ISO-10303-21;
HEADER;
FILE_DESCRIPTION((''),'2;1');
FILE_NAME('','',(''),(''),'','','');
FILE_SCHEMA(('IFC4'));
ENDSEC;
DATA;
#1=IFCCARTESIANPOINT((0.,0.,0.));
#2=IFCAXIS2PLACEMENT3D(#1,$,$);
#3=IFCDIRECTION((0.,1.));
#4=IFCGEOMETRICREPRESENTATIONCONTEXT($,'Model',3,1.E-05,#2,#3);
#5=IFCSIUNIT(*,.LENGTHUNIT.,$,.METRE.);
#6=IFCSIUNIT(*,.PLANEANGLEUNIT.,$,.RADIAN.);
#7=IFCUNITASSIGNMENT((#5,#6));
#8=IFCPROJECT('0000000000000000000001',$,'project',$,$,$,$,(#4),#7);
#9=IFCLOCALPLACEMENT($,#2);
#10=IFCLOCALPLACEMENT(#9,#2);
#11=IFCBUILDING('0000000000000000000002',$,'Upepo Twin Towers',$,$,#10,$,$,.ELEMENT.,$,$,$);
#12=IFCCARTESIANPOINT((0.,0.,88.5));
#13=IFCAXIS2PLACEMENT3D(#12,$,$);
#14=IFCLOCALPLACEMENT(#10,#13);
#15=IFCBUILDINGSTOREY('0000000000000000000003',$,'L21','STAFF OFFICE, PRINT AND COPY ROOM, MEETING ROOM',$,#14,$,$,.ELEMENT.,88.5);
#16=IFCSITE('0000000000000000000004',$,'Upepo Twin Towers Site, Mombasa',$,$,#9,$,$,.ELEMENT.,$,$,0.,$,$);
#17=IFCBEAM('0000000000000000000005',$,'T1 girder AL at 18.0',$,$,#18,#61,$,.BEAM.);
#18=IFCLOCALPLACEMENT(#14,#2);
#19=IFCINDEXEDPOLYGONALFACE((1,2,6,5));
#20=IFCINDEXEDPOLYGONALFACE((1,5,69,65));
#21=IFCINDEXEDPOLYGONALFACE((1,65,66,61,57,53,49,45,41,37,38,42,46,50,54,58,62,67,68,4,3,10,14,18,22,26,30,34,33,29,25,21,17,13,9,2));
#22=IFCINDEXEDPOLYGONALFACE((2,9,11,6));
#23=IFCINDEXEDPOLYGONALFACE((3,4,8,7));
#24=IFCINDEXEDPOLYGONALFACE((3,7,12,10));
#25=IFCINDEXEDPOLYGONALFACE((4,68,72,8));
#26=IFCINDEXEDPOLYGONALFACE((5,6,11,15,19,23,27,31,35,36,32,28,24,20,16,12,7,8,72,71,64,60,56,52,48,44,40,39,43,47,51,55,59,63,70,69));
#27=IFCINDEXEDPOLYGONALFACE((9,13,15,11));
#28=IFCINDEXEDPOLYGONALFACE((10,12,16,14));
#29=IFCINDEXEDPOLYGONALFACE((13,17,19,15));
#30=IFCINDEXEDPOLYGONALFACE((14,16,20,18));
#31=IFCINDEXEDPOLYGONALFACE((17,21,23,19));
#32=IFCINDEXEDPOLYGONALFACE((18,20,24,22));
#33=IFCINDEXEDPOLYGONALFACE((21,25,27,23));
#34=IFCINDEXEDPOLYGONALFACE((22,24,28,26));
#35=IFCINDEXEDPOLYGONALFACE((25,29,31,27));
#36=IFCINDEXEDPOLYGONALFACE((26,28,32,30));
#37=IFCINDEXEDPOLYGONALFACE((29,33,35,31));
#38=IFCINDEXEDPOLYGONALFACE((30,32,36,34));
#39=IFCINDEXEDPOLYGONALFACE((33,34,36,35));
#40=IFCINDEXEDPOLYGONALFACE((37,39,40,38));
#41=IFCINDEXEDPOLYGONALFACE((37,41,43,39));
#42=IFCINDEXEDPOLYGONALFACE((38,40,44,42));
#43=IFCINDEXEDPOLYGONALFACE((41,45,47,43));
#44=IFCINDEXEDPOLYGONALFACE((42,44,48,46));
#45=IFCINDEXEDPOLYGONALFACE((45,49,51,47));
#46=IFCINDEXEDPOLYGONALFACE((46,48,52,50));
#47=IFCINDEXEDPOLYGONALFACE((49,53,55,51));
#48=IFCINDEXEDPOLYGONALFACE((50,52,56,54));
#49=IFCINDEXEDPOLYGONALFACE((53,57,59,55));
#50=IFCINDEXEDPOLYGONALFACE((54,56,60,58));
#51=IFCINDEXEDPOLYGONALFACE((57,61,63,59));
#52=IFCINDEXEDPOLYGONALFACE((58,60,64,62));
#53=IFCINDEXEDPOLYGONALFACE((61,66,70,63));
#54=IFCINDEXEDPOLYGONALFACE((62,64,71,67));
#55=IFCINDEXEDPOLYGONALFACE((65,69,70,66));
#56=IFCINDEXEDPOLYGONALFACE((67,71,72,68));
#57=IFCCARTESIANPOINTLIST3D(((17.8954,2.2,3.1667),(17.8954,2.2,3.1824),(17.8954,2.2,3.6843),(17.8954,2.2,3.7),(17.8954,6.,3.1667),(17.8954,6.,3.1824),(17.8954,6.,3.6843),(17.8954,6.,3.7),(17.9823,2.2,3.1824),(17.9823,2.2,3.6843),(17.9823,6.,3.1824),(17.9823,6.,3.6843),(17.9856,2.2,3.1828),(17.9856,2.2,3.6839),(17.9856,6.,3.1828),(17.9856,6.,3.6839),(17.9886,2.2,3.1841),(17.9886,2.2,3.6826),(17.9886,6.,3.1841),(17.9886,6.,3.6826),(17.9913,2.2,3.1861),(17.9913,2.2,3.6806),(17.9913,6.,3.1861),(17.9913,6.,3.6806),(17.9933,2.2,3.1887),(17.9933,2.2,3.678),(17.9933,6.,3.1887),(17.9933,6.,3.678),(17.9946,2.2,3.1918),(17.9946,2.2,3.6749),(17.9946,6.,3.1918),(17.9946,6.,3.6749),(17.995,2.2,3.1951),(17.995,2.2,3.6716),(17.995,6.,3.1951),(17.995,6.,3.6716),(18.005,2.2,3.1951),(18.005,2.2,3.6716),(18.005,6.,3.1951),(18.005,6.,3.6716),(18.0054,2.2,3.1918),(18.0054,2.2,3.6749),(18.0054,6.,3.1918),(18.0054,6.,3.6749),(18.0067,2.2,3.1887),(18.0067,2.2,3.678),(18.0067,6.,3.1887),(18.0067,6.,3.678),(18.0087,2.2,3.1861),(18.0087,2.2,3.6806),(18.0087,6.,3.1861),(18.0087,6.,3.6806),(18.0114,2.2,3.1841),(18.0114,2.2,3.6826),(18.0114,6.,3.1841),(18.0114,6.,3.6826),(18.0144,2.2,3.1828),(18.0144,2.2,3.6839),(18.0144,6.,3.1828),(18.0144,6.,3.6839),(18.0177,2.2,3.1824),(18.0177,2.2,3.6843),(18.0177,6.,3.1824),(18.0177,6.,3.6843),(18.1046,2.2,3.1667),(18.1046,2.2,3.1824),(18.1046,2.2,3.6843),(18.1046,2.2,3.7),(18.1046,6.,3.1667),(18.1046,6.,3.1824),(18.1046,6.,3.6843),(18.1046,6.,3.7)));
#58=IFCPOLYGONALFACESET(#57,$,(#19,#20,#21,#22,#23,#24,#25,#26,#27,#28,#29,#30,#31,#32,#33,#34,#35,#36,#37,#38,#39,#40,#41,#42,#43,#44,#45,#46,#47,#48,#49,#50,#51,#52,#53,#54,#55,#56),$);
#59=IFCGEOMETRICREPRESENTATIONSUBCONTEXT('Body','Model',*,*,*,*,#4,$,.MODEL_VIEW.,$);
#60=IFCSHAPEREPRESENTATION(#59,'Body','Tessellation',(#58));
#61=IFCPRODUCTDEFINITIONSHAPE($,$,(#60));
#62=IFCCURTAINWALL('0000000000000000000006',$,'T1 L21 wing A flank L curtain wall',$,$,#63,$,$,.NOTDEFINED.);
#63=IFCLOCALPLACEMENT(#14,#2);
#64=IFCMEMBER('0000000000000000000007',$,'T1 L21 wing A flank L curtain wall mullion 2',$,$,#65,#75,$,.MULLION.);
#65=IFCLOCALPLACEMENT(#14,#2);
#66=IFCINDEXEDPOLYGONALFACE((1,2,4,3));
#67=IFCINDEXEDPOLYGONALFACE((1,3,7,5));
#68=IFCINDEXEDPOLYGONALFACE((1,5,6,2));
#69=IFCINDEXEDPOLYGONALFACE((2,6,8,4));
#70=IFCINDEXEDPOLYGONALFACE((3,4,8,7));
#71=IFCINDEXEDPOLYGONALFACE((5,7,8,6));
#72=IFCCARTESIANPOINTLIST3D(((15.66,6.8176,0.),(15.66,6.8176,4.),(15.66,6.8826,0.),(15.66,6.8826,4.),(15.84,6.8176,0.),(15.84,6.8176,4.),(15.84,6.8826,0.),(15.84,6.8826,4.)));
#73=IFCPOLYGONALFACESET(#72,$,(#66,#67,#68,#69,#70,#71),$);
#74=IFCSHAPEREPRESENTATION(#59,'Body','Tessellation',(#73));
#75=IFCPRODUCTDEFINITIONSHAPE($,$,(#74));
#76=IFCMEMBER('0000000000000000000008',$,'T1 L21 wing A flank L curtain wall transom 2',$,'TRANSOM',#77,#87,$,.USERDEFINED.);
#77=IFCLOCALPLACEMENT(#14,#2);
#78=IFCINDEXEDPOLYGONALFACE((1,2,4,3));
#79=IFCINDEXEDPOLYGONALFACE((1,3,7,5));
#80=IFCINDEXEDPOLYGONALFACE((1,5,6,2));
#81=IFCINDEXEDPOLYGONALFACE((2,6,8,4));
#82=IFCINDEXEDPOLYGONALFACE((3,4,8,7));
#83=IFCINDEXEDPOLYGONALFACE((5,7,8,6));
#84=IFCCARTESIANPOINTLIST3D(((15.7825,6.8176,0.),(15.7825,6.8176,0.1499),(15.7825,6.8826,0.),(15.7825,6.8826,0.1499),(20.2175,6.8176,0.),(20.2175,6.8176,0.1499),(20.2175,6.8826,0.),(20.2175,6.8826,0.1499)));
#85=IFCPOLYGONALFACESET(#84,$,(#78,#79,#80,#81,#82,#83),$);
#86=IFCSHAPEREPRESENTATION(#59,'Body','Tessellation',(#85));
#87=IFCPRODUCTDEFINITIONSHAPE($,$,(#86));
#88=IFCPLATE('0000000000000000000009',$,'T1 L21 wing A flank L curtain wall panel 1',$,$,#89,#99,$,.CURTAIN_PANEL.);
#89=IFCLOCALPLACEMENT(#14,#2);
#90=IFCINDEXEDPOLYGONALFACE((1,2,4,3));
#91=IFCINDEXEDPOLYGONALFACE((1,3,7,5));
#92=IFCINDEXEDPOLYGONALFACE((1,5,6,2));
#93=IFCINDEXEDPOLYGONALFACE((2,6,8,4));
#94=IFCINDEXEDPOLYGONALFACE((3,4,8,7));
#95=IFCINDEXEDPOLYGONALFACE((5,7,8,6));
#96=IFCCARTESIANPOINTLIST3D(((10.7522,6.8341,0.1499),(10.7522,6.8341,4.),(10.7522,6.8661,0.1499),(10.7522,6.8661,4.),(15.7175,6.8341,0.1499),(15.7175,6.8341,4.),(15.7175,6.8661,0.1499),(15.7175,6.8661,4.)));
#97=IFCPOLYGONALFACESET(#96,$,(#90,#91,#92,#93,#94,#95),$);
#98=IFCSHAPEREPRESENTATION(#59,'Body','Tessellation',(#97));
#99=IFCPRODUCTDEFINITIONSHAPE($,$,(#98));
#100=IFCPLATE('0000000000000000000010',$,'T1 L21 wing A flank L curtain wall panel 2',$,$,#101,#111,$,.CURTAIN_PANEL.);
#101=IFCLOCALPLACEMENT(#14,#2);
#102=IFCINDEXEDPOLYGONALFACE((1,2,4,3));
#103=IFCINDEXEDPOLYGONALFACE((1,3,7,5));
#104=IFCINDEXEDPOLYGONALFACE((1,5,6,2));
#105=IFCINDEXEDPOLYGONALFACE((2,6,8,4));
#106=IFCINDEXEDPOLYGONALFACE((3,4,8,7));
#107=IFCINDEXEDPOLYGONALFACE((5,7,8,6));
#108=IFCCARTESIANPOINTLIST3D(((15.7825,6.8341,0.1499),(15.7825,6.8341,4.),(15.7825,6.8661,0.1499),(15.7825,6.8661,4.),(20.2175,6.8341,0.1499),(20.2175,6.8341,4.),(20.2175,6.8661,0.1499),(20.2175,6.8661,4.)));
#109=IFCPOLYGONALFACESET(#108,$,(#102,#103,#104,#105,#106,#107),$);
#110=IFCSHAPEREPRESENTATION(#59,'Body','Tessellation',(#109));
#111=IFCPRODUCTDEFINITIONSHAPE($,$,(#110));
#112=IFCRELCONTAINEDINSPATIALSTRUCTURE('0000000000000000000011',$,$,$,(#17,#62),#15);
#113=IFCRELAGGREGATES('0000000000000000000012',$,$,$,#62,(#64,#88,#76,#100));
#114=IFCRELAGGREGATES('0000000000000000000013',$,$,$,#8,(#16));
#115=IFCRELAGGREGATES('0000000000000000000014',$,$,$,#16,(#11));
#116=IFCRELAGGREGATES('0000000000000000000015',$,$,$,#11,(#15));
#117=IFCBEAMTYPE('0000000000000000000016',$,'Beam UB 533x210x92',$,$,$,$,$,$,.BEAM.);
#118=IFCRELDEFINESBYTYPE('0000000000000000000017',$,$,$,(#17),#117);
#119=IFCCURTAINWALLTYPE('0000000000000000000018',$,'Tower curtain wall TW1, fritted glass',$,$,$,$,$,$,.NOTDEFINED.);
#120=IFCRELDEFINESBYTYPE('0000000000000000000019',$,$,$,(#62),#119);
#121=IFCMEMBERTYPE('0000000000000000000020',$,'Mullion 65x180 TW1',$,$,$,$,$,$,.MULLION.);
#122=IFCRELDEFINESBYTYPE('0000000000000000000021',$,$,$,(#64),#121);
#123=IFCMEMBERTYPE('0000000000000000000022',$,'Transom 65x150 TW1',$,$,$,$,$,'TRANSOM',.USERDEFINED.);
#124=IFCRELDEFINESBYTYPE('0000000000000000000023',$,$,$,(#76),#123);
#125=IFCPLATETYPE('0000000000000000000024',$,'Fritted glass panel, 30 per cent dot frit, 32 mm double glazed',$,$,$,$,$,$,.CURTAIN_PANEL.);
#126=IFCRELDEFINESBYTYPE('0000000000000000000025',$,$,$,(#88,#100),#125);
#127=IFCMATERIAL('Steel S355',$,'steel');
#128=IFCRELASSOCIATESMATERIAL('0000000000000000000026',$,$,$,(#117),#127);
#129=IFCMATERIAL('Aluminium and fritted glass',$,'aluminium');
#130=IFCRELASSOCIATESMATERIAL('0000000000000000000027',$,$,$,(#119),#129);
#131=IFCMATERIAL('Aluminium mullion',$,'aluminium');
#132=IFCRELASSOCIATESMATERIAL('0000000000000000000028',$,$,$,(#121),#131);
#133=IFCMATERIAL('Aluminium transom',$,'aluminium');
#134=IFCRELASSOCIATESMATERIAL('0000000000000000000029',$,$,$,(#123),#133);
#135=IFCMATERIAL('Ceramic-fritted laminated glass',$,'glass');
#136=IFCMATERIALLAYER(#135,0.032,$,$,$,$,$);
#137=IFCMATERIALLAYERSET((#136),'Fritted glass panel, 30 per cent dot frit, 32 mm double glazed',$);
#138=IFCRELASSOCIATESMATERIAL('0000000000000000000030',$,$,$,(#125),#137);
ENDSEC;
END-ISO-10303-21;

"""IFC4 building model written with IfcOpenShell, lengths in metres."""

from ifc_helpers import new_model, si_unit, direction, frame, origin, origin_2d, place, context, subcontext, project, spatial, rectangle, i_section, extrude, material, layer, layer_set, material_profile, profile_set, type_object, element, aggregate, save


model = new_model("IFC4")

# Units and contexts
model_context = context("Model", 3, precision=1e-05, world=origin(), true_north=direction((0.0, 1.0)))
body_context = subcontext(model_context, "Body", "Model", "MODEL_VIEW")
ifc_project = project(units=[si_unit("LENGTHUNIT", "METRE"), si_unit("PLANEANGLEUNIT", "RADIAN")], contexts=[model_context])

# Site, building, storey
site_placement = place(None, origin())
site = spatial("IfcSite", under=ifc_project, at=site_placement, Name="Upepo Twin Towers Site, Mombasa", CompositionType="ELEMENT", RefElevation=0.0)
building_placement = place(site_placement, origin())
building = spatial("IfcBuilding", under=site, at=building_placement, Name="Upepo Twin Towers", CompositionType="ELEMENT")
storey_placement = place(building_placement, frame((0.0, 0.0, 88.5)))
storey = spatial("IfcBuildingStorey", under=building, at=storey_placement, Name="L21", Description="STAFF OFFICE, PRINT AND COPY ROOM, MEETING ROOM", CompositionType="ELEMENT", Elevation=88.5)

# Beam
ifc_material_1 = material(Name="Steel S355", Category="steel")
ifc_material_profile_1 = material_profile(ifc_material_1, i_section(OverallWidth=0.2092, OverallDepth=0.5332, WebThickness=0.01, FlangeThickness=0.0156, FilletRadius=0.0127, at=origin_2d()), Name="UB 533x210x92")
ifc_profile_set_1 = profile_set([ifc_material_profile_1], Name="Steel S355")
beam_type_1 = type_object("IfcBeamType", Name="Beam UB 533x210x92", PredefinedType="BEAM", material=ifc_profile_set_1)
for number, where, z_axis, x_axis, name in (
    (1, (18.0, 6.0, 3.4333), (0.0, -1.0, 0.0), (1.0, 0.0, 0.0), "T1 girder AL at 18.0"),
):
    element("IfcBeam", number, at=place(storey_placement, frame(where, z_axis=z_axis, x_axis=x_axis)), inside=storey, type_object=beam_type_1, Name=name, PredefinedType="BEAM", context=body_context, shape_type="SweptSolid", body=[
        extrude(i_section(OverallWidth=0.2092, OverallDepth=0.5332, WebThickness=0.01, FlangeThickness=0.0156, FilletRadius=0.0127, at=origin_2d()), origin(), (0.0, 0.0, 1.0), 3.8),
    ])

# Curtain wall, members, plates
ifc_material_2 = material(Name="Aluminium and fritted glass", Category="aluminium")
curtain_wall_type = type_object("IfcCurtainWallType", Name="Tower curtain wall TW1, fritted glass", PredefinedType="NOTDEFINED", material=ifc_material_2)
curtain_wall_placement = place(storey_placement, origin())
curtain_wall = element("IfcCurtainWall", 2, at=curtain_wall_placement, inside=storey, type_object=curtain_wall_type, Name="T1 L21 wing A flank L curtain wall", PredefinedType="NOTDEFINED")
ifc_material_3 = material(Name="Aluminium mullion", Category="aluminium")
ifc_material_profile_2 = material_profile(ifc_material_3, rectangle(XDim=0.0649, YDim=0.1799, at=origin_2d()), Name="MULLION 65x180")
ifc_profile_set_2 = profile_set([ifc_material_profile_2], Name="Aluminium mullion")
member_type_1 = type_object("IfcMemberType", Name="Mullion 65x180 TW1", PredefinedType="MULLION", material=ifc_profile_set_2)
member_1_placement = place(storey_placement, frame((15.75, 6.8501, 0.0), z_axis=(0.0, 0.0, 1.0), x_axis=(0.0, 1.0, 0.0)))
member_1 = element("IfcMember", 3, at=member_1_placement, type_object=member_type_1, Name="T1 L21 wing A flank L curtain wall mullion 2", PredefinedType="MULLION", context=body_context, shape_type="SweptSolid", body=[
    extrude(rectangle(XDim=0.0649, YDim=0.1799, at=origin_2d()), origin(), (0.0, 0.0, 1.0), 4.0),
])
ifc_material_4 = material(Name="Aluminium transom", Category="aluminium")
ifc_material_profile_3 = material_profile(ifc_material_4, rectangle(XDim=0.0649, YDim=0.1499, at=origin_2d()), Name="TRANSOM 65x150")
ifc_profile_set_3 = profile_set([ifc_material_profile_3], Name="Aluminium transom")
member_type_2 = type_object("IfcMemberType", Name="Transom 65x150 TW1", ElementType="TRANSOM", PredefinedType="USERDEFINED", material=ifc_profile_set_3)
member_2_placement = place(storey_placement, frame((15.7825, 6.8501, 0.075), z_axis=(1.0, 0.0, 0.0), x_axis=(0.0, 1.0, 0.0)))
member_2 = element("IfcMember", 4, at=member_2_placement, type_object=member_type_2, Name="T1 L21 wing A flank L curtain wall transom 2", ObjectType="TRANSOM", PredefinedType="USERDEFINED", context=body_context, shape_type="SweptSolid", body=[
    extrude(rectangle(XDim=0.0649, YDim=0.1499, at=origin_2d()), origin(), (0.0, 0.0, 1.0), 4.4351),
])
ifc_material_5 = material(Name="Ceramic-fritted laminated glass", Category="glass")
ifc_layer_1 = layer(ifc_material_5, 0.032)
ifc_layer_set_1 = layer_set([ifc_layer_1], Name="Fritted glass panel, 30 per cent dot frit, 32 mm double glazed")
plate_type = type_object("IfcPlateType", Name="Fritted glass panel, 30 per cent dot frit, 32 mm double glazed", PredefinedType="CURTAIN_PANEL", material=ifc_layer_set_1)
plate_1_placement = place(storey_placement, frame((13.2349, 6.8501, 0.1499), z_axis=(0.0, 0.0, 1.0), x_axis=(1.0, 0.0, 0.0)))
plate_1 = element("IfcPlate", 5, at=plate_1_placement, type_object=plate_type, Name="T1 L21 wing A flank L curtain wall panel 1", PredefinedType="CURTAIN_PANEL", context=body_context, shape_type="SweptSolid", body=[
    extrude(rectangle(XDim=4.9653, YDim=0.032, at=origin_2d()), origin(), (0.0, 0.0, 1.0), 3.8501),
])
plate_2_placement = place(storey_placement, frame((18.0, 6.8501, 0.1499), z_axis=(0.0, 0.0, 1.0), x_axis=(1.0, 0.0, 0.0)))
plate_2 = element("IfcPlate", 6, at=plate_2_placement, type_object=plate_type, Name="T1 L21 wing A flank L curtain wall panel 2", PredefinedType="CURTAIN_PANEL", context=body_context, shape_type="SweptSolid", body=[
    extrude(rectangle(XDim=4.4351, YDim=0.032, at=origin_2d()), origin(), (0.0, 0.0, 1.0), 3.8501),
])
aggregate(curtain_wall, [member_1, plate_1, member_2, plate_2])

save(model, "model.ifc")
